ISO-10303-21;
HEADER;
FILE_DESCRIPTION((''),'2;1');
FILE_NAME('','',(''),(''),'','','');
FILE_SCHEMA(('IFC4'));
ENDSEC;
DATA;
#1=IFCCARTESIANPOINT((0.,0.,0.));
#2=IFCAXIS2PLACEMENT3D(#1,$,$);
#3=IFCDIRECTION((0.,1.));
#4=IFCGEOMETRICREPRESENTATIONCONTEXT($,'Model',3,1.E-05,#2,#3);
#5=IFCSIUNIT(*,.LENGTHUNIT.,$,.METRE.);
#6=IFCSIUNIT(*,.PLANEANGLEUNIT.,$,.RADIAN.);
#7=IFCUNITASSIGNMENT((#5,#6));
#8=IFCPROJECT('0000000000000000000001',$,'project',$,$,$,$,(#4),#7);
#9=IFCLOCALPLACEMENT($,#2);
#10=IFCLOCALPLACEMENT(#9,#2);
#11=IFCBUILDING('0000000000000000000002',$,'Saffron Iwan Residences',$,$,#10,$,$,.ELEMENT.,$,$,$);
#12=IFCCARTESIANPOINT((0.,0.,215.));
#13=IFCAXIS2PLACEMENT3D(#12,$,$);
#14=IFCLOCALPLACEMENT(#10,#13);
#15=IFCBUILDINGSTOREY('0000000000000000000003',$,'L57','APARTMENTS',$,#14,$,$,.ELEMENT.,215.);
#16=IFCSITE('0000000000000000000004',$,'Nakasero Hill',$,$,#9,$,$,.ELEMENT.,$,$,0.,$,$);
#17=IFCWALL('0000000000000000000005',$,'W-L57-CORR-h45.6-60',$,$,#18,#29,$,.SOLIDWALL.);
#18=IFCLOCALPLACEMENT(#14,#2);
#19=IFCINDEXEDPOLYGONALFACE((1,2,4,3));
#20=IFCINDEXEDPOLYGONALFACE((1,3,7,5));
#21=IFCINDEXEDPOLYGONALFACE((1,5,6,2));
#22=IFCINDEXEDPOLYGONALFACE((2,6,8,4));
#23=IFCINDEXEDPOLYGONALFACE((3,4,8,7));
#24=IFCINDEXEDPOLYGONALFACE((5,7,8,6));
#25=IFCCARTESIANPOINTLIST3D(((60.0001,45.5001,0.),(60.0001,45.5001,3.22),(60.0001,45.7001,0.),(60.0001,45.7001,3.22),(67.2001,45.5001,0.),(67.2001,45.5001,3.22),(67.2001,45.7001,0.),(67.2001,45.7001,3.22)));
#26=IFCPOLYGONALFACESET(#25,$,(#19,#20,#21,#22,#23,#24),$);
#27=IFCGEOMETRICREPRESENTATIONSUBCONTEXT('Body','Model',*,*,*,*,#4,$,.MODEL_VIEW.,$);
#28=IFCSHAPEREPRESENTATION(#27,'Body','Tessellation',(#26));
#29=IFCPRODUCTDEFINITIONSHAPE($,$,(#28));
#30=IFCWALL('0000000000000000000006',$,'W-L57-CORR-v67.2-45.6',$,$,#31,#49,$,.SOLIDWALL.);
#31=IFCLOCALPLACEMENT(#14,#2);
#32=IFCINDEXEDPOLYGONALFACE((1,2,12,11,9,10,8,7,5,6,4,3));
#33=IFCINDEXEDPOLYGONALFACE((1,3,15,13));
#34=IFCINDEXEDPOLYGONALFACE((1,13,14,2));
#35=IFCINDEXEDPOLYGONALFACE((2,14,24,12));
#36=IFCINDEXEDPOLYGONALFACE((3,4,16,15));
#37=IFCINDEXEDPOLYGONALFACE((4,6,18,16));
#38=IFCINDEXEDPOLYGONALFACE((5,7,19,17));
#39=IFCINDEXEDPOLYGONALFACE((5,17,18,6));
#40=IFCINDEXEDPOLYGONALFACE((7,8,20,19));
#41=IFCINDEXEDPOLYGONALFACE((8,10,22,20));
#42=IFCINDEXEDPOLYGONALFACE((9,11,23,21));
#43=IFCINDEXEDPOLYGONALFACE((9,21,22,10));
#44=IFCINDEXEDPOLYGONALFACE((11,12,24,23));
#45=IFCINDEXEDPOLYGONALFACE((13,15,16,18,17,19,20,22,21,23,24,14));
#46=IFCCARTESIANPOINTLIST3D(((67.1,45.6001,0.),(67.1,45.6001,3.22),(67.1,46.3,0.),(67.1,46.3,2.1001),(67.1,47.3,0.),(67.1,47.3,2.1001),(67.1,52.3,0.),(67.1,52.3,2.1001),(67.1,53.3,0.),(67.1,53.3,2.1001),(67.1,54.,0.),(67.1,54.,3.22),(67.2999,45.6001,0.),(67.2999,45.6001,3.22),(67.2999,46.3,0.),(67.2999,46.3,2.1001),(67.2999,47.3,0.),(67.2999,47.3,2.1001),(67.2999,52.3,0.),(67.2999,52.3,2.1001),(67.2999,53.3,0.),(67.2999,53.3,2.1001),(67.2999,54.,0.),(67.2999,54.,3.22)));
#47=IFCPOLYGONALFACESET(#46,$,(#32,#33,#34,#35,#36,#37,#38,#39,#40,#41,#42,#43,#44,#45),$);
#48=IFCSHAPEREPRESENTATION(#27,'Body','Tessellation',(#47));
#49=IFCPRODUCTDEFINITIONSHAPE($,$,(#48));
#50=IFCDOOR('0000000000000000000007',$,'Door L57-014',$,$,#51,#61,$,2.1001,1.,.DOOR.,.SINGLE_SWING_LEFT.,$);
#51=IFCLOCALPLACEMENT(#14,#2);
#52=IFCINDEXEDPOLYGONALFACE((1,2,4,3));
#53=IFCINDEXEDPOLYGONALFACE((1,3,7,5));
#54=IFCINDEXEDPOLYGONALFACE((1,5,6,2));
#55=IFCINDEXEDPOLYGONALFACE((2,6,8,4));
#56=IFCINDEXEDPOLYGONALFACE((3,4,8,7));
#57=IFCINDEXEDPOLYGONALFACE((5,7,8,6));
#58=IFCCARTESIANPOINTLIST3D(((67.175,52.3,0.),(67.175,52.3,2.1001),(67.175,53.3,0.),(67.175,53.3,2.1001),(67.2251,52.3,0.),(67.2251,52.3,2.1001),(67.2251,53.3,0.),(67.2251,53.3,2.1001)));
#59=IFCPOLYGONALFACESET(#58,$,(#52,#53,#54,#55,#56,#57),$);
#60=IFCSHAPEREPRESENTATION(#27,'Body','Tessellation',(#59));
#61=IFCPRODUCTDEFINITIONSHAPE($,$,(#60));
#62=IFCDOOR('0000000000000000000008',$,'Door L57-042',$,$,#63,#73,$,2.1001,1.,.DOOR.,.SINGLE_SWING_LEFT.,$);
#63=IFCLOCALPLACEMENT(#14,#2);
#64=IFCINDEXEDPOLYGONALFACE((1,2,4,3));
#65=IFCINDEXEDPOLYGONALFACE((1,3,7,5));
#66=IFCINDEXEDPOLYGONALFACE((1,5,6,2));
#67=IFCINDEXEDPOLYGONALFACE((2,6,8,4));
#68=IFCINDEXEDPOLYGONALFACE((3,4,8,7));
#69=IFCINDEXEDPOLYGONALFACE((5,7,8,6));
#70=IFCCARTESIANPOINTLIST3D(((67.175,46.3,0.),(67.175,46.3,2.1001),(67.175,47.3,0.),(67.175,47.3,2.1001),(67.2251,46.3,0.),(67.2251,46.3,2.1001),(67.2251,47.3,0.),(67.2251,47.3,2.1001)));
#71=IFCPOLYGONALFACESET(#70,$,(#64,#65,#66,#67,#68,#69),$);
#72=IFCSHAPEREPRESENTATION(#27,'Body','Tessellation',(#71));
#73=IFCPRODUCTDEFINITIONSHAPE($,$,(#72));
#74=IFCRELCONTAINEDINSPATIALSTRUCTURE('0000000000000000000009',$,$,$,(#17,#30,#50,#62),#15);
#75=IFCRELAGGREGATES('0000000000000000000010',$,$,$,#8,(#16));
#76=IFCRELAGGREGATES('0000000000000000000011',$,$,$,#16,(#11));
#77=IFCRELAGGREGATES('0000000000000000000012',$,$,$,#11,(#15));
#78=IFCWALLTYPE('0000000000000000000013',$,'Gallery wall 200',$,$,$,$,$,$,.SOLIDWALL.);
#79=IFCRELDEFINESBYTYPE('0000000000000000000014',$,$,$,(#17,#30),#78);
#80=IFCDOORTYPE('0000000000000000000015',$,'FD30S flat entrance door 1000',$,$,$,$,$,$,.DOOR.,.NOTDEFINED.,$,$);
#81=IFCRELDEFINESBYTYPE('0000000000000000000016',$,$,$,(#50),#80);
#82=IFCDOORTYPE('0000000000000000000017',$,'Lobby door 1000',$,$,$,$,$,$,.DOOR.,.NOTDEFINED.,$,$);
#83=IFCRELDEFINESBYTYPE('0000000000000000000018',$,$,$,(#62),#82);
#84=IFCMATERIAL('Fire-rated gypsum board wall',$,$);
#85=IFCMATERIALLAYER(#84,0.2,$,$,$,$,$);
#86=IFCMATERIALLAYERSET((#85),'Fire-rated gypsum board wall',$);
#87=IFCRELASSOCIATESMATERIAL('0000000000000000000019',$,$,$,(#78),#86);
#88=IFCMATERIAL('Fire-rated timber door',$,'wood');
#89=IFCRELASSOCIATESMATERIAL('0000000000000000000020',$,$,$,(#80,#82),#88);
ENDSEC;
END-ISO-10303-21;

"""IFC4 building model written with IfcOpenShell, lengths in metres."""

from ifc_helpers import new_model, si_unit, direction, frame, frame_2d, origin, place, context, subcontext, project, spatial, rectangle, extrude, material, layer, layer_set, type_object, element, fill, save


model = new_model("IFC4")

# Units and contexts
model_context = context("Model", 3, precision=1e-05, world=origin(), true_north=direction((0.0, 1.0)))
body_context = subcontext(model_context, "Body", "Model", "MODEL_VIEW")
ifc_project = project(units=[si_unit("LENGTHUNIT", "METRE"), si_unit("PLANEANGLEUNIT", "RADIAN")], contexts=[model_context])

# Site, building, storey
site_placement = place(None, origin())
site = spatial("IfcSite", under=ifc_project, at=site_placement, Name="Nakasero Hill", CompositionType="ELEMENT", RefElevation=0.0)
building_placement = place(site_placement, origin())
building = spatial("IfcBuilding", under=site, at=building_placement, Name="Saffron Iwan Residences", CompositionType="ELEMENT")
storey_placement = place(building_placement, frame((0.0, 0.0, 215.0)))
storey = spatial("IfcBuildingStorey", under=building, at=storey_placement, Name="L57", Description="APARTMENTS", CompositionType="ELEMENT", Elevation=215.0)

# Wall
ifc_material_1 = material(Name="Fire-rated gypsum board wall")
ifc_layer_1 = layer(ifc_material_1, 0.2)
ifc_layer_set_1 = layer_set([ifc_layer_1], Name="Fire-rated gypsum board wall")
wall_type_1 = type_object("IfcWallType", Name="Gallery wall 200", PredefinedType="SOLIDWALL", material=ifc_layer_set_1)
wall_1_placement = place(storey_placement, frame((60.0, 45.6001, 0.0), z_axis=(0.0, 0.0, 1.0), x_axis=(1.0, 0.0, 0.0)))
element("IfcWall", 1, at=wall_1_placement, inside=storey, type_object=wall_type_1, Name="W-L57-CORR-h45.6-60", PredefinedType="SOLIDWALL", context=body_context, shape_type="SweptSolid", body=[
    extrude(rectangle(XDim=7.2, YDim=0.2, at=frame_2d((3.6001, 0.0))), origin(), (0.0, 0.0, 1.0), 3.22),
])

# Wall, openings, doors
wall_2_placement = place(storey_placement, frame((67.2, 45.6001, 0.0), z_axis=(0.0, 0.0, 1.0), x_axis=(0.0, 1.0, 0.0)))
wall_2 = element("IfcWall", 2, at=wall_2_placement, inside=storey, type_object=wall_type_1, Name="W-L57-CORR-v67.2-45.6", PredefinedType="SOLIDWALL", context=body_context, shape_type="SweptSolid", body=[
    extrude(rectangle(XDim=8.3999, YDim=0.2, at=frame_2d((4.2, 0.0))), origin(), (0.0, 0.0, 1.0), 3.22),
])
opening_1_placement = place(wall_2_placement, frame((6.7, 0.0, 0.0)))
opening_1 = element("IfcOpeningElement", 3, at=opening_1_placement, cuts=wall_2, PredefinedType="OPENING", context=body_context, shape_type="SweptSolid", body=[
    extrude(rectangle(XDim=1.0, YDim=2.1001, at=frame_2d((0.5, 1.05))), frame((0.0, 0.1099, 0.0), z_axis=(0.0, -1.0, 0.0), x_axis=(1.0, 0.0, 0.0)), (0.0, 0.0, 1.0), 0.22),
])
opening_2_placement = place(wall_2_placement, frame((0.7, 0.0, 0.0)))
opening_2 = element("IfcOpeningElement", 4, at=opening_2_placement, cuts=wall_2, PredefinedType="OPENING", context=body_context, shape_type="SweptSolid", body=[
    extrude(rectangle(XDim=1.0, YDim=2.1001, at=frame_2d((0.5, 1.05))), frame((0.0, 0.1099, 0.0), z_axis=(0.0, -1.0, 0.0), x_axis=(1.0, 0.0, 0.0)), (0.0, 0.0, 1.0), 0.22),
])
ifc_material_2 = material(Name="Fire-rated timber door", Category="wood")
door_type_1 = type_object("IfcDoorType", Name="FD30S flat entrance door 1000", OperationType="NOTDEFINED", PredefinedType="DOOR", material=ifc_material_2)
door_1_placement = place(opening_1_placement, origin())
door_1 = element("IfcDoor", 5, at=door_1_placement, inside=storey, type_object=door_type_1, Name="Door L57-014", OperationType="SINGLE_SWING_LEFT", OverallHeight=2.1001, OverallWidth=1.0, PredefinedType="DOOR", context=body_context, shape_type="SweptSolid", body=[
    extrude(rectangle(XDim=1.0, YDim=2.1001, at=frame_2d((0.5, 1.05))), frame((0.0, 0.0249, 0.0), z_axis=(0.0, -1.0, 0.0), x_axis=(1.0, 0.0, 0.0)), (0.0, 0.0, 1.0), 0.05),
])
fill(opening_1, door_1)
door_type_2 = type_object("IfcDoorType", Name="Lobby door 1000", OperationType="NOTDEFINED", PredefinedType="DOOR", material=ifc_material_2)
door_2_placement = place(opening_2_placement, origin())
door_2 = element("IfcDoor", 6, at=door_2_placement, inside=storey, type_object=door_type_2, Name="Door L57-042", OperationType="SINGLE_SWING_LEFT", OverallHeight=2.1001, OverallWidth=1.0, PredefinedType="DOOR", context=body_context, shape_type="SweptSolid", body=[
    extrude(rectangle(XDim=1.0, YDim=2.1001, at=frame_2d((0.5, 1.05))), frame((0.0, 0.0249, 0.0), z_axis=(0.0, -1.0, 0.0), x_axis=(1.0, 0.0, 0.0)), (0.0, 0.0, 1.0), 0.05),
])
fill(opening_2, door_2)

save(model, "model.ifc")
